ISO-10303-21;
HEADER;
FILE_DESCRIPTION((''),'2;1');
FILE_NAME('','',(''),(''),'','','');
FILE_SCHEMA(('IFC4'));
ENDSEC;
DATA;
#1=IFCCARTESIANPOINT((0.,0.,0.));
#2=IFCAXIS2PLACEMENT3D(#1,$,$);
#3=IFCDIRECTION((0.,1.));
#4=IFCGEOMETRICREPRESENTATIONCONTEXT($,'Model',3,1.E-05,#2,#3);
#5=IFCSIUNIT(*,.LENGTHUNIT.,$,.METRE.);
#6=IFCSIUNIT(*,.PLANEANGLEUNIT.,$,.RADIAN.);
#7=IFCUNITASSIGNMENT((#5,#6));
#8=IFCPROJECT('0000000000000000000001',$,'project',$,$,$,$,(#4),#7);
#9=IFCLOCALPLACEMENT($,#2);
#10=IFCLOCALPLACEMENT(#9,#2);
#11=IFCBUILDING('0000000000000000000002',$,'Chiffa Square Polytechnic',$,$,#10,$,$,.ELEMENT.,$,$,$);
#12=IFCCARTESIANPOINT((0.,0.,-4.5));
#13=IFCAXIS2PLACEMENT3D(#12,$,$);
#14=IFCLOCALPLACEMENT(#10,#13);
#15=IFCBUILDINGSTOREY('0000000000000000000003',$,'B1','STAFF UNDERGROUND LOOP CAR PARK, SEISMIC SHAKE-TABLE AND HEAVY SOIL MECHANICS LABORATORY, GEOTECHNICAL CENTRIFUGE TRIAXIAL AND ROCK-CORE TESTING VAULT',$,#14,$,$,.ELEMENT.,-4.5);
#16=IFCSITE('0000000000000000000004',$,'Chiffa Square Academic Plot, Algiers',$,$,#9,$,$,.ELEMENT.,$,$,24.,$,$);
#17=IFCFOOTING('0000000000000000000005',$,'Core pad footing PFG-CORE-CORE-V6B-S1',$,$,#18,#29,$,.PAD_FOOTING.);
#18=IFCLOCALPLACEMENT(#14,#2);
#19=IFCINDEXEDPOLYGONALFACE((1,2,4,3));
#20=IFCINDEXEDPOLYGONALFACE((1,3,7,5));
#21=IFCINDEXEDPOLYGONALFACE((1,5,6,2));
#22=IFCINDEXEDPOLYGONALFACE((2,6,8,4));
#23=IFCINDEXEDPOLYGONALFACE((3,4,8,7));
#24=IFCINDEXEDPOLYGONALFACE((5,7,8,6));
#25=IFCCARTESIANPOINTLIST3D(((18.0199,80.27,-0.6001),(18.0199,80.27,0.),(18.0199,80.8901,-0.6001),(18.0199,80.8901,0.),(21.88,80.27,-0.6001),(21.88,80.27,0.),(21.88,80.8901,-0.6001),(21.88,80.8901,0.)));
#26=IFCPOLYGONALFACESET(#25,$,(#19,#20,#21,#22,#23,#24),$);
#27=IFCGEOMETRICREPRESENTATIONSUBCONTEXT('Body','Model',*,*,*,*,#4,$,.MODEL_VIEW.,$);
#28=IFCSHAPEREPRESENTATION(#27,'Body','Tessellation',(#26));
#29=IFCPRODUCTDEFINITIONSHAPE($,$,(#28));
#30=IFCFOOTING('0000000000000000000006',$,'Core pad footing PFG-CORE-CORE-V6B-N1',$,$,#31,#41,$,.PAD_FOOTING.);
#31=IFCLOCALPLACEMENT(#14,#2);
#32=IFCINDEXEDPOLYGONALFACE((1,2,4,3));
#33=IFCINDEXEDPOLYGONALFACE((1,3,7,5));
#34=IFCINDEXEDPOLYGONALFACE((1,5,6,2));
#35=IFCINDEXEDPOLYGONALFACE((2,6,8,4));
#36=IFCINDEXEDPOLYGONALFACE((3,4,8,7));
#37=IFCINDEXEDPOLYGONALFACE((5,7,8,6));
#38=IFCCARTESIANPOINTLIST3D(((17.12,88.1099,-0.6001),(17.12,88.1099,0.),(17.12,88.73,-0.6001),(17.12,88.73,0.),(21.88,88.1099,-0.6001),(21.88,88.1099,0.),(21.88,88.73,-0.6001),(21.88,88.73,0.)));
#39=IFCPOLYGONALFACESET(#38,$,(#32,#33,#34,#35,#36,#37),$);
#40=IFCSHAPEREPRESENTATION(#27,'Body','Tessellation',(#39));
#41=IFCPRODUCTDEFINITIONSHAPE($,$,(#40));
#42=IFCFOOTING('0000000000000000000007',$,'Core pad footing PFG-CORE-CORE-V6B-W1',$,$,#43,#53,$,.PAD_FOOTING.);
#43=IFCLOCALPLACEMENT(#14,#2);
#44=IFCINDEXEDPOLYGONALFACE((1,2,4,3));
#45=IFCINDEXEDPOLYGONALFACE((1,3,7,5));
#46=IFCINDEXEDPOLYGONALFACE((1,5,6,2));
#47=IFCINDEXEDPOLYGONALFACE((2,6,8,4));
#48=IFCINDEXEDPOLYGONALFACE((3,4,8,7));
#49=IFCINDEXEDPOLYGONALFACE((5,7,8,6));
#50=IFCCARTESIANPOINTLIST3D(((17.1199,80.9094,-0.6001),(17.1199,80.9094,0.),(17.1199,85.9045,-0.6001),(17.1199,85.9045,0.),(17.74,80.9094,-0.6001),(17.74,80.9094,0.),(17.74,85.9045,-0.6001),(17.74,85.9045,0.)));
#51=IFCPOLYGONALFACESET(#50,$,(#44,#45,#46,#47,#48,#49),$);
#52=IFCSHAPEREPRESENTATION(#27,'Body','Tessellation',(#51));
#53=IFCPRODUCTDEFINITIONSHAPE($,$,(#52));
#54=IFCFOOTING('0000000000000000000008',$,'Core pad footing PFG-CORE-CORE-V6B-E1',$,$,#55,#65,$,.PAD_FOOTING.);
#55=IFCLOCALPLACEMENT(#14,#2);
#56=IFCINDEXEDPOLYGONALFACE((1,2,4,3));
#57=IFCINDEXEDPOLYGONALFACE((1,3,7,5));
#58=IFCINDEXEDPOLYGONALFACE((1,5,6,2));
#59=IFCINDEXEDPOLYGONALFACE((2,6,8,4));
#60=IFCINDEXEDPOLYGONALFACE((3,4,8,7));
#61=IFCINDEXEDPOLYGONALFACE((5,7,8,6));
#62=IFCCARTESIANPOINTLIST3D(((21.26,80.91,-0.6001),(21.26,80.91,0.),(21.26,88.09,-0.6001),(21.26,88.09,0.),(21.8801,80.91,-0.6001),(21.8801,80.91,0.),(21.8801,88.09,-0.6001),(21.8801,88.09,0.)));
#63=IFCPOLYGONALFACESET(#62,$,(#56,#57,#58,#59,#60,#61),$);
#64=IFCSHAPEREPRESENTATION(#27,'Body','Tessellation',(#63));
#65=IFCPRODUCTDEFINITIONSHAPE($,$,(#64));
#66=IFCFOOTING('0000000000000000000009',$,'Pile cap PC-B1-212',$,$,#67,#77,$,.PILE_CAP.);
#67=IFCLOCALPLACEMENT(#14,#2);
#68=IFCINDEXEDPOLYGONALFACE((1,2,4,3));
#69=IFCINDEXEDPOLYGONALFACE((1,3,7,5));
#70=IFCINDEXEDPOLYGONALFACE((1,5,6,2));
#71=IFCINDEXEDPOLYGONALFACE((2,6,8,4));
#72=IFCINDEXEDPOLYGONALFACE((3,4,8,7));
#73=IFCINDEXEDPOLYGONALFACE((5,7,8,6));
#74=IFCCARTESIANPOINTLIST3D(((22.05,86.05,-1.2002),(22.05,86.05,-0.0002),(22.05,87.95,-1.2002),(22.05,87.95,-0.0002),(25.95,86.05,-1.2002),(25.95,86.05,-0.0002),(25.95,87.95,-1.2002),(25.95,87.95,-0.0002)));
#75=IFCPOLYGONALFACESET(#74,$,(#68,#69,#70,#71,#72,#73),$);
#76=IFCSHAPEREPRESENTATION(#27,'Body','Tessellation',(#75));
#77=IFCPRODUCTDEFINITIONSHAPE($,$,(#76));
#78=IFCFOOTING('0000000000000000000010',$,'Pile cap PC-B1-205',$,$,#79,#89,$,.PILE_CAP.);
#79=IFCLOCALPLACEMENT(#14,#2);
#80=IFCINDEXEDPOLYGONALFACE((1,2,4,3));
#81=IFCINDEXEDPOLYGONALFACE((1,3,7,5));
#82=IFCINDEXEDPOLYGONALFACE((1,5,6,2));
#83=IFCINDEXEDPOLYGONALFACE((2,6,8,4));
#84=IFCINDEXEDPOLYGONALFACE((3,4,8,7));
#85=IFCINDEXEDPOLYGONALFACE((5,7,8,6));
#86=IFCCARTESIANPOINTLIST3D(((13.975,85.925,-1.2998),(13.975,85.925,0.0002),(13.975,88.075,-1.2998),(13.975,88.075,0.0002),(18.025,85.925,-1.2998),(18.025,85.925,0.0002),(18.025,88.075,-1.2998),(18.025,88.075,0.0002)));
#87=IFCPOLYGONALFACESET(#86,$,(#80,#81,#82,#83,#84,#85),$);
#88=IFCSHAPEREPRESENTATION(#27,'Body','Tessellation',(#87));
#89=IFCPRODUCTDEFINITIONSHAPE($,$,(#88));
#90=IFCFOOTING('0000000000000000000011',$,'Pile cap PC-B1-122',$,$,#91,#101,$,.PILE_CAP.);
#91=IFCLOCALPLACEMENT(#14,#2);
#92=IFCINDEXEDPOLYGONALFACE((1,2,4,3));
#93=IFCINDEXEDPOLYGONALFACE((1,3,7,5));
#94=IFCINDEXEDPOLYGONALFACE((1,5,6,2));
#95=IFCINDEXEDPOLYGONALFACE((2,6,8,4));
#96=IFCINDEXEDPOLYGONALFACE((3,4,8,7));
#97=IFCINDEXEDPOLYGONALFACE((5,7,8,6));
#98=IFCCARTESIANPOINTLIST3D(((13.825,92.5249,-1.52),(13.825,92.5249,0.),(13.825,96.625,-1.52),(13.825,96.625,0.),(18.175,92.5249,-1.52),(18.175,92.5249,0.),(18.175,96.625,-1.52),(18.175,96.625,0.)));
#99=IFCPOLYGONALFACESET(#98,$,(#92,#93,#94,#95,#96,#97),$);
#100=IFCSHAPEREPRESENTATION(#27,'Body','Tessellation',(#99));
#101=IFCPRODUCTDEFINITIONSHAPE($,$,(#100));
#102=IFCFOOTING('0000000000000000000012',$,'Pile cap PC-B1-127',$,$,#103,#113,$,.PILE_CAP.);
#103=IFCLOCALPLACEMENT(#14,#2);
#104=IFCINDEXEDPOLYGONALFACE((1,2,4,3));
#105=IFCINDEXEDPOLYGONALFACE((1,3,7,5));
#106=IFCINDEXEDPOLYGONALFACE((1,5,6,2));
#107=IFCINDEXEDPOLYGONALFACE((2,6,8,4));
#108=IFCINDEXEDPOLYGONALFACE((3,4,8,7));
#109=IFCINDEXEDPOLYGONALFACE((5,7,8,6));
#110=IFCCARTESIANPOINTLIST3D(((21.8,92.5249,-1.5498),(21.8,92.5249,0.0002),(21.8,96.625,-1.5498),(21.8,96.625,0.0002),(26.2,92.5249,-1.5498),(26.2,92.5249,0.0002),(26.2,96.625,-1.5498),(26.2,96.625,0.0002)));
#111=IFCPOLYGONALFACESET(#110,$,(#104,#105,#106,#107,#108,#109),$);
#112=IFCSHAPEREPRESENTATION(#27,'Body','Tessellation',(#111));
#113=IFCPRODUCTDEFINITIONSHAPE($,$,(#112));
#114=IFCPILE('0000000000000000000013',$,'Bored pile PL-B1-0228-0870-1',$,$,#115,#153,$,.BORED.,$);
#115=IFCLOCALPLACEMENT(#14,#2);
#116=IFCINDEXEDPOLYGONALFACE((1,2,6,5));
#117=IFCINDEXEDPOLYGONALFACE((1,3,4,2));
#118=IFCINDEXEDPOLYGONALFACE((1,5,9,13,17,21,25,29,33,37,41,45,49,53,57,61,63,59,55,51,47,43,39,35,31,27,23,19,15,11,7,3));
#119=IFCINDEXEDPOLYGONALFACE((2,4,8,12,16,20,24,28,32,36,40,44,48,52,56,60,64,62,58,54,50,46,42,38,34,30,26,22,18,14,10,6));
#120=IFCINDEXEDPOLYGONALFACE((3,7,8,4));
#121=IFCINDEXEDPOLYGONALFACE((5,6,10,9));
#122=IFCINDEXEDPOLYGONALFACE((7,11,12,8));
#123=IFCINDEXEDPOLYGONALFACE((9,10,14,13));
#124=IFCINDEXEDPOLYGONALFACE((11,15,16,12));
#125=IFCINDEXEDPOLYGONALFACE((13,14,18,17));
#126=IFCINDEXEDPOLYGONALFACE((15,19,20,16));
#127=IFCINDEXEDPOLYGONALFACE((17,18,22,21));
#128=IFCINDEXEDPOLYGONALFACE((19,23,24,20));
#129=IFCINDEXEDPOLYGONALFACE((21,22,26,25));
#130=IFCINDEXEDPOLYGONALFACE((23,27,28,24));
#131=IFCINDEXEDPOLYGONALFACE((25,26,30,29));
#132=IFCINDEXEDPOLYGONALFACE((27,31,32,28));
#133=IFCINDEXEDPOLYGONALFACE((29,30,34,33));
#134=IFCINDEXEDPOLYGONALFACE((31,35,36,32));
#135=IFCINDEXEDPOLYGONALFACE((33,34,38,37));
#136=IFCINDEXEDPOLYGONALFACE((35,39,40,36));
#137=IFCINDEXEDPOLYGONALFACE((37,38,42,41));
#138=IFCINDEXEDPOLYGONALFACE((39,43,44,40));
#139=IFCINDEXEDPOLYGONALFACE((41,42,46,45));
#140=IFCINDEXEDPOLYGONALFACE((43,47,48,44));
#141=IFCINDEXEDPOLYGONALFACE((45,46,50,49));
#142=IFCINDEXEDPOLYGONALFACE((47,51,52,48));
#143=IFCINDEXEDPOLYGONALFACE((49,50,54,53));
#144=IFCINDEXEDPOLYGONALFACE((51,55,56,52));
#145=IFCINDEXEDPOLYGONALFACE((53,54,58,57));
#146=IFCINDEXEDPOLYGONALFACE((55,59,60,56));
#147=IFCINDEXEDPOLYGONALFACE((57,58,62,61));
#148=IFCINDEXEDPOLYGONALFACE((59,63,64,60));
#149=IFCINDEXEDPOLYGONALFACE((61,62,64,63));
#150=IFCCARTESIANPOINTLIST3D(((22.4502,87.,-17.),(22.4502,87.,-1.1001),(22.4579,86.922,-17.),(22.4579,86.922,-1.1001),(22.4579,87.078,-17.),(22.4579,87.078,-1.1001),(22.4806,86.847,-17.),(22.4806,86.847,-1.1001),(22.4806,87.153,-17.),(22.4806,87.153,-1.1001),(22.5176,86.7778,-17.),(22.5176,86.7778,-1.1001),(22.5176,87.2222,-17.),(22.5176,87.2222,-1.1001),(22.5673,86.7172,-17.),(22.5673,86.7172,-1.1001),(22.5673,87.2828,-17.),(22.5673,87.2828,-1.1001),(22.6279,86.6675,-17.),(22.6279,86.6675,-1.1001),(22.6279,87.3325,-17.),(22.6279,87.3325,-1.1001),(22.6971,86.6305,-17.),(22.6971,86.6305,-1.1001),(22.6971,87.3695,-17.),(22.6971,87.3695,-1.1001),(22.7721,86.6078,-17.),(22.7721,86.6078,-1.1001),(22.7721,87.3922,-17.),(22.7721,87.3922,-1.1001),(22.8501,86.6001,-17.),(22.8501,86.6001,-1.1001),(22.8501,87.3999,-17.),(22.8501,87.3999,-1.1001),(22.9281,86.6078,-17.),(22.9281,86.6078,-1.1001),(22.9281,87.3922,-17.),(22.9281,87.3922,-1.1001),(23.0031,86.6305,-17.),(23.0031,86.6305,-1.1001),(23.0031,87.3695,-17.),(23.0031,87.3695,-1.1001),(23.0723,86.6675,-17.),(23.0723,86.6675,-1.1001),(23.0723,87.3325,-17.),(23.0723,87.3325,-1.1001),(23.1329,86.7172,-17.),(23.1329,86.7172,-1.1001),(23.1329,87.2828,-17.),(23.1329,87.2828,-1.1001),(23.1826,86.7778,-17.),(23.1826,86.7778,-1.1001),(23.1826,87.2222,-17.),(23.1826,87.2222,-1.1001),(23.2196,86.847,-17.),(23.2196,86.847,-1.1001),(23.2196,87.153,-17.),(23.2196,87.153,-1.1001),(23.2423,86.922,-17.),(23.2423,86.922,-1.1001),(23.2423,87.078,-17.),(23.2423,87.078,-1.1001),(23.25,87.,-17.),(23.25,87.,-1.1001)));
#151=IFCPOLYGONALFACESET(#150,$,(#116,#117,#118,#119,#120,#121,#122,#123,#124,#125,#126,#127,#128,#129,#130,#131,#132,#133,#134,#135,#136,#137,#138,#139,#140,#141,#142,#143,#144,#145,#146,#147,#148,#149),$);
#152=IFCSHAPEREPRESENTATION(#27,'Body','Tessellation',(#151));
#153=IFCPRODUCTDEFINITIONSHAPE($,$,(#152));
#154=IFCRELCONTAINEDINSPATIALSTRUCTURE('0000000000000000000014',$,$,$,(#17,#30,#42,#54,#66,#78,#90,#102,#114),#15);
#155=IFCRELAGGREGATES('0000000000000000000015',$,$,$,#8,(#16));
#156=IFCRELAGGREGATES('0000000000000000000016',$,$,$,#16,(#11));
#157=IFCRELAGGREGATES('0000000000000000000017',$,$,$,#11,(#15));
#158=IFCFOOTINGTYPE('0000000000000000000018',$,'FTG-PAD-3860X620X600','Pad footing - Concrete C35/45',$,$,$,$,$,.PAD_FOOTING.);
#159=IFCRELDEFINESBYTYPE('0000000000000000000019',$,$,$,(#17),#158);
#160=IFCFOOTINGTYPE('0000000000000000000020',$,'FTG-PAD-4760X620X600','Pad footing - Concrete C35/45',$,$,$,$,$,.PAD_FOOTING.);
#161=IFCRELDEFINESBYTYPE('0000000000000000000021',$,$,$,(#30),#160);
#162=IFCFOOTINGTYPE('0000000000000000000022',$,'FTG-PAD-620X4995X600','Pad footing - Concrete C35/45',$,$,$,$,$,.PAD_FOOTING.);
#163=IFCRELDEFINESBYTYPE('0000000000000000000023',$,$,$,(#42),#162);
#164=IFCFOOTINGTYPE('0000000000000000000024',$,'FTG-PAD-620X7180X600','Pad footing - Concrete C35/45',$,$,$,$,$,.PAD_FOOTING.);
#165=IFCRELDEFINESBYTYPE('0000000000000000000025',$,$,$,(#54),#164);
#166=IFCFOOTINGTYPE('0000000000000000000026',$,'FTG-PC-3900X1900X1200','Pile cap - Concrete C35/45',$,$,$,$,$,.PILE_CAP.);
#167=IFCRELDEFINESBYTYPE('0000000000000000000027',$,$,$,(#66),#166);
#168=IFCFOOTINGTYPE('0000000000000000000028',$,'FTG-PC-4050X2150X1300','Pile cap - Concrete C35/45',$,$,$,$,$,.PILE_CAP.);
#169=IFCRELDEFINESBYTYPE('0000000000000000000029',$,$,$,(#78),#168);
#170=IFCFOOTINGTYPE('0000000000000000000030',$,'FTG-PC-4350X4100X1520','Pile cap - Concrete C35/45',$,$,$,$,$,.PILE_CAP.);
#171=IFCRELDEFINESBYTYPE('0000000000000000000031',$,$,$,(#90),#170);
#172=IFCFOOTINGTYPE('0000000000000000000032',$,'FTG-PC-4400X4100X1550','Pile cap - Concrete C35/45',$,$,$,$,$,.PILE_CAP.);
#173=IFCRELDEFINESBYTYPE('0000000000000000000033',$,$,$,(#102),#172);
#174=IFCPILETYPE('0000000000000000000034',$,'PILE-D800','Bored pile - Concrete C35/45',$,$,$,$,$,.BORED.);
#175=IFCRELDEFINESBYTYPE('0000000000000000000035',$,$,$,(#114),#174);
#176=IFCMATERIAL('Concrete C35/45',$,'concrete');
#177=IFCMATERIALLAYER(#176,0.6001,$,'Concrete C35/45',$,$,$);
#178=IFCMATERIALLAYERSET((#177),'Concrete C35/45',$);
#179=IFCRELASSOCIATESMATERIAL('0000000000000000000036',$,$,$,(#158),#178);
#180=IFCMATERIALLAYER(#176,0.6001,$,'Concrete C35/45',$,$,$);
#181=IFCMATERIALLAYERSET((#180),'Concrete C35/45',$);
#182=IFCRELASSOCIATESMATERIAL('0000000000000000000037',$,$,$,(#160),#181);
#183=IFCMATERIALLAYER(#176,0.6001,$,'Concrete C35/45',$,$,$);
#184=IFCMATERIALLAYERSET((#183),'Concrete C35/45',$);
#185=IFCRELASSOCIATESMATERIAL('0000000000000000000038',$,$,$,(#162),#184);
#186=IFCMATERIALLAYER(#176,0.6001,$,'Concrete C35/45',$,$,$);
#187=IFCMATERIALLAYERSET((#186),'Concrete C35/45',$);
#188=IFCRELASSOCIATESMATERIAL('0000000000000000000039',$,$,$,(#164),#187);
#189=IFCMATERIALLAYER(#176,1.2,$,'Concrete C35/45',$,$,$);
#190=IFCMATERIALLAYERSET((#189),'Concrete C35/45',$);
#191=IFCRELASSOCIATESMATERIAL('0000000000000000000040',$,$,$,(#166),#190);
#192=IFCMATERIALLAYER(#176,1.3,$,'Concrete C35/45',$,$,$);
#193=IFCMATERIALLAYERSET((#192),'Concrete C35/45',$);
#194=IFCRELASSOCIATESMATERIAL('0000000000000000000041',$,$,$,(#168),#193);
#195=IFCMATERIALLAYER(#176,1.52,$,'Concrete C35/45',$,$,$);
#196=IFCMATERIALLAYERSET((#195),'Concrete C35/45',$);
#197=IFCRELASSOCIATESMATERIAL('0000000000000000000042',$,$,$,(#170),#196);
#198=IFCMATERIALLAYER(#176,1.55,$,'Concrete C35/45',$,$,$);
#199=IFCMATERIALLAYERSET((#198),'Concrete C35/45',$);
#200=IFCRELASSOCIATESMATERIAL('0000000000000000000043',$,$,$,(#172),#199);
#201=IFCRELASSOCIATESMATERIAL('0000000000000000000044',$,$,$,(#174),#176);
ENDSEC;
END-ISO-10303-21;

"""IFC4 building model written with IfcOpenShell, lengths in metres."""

from ifc_helpers import new_model, si_unit, direction, frame, origin, origin_2d, place, context, subcontext, project, spatial, rectangle, circle, extrude, material, layer, layer_set, material_profile, profile_set, type_object, element, save


model = new_model("IFC4")

# Units and contexts
model_context = context("Model", 3, precision=1e-05, world=origin(), true_north=direction((0.0, 1.0)))
body_context = subcontext(model_context, "Body", "Model", "MODEL_VIEW")
ifc_project = project(units=[si_unit("LENGTHUNIT", "METRE"), si_unit("PLANEANGLEUNIT", "RADIAN")], contexts=[model_context])

# Site, building, storey
site_placement = place(None, origin())
site = spatial("IfcSite", under=ifc_project, at=site_placement, Name="Chiffa Square Academic Plot, Algiers", CompositionType="ELEMENT", RefElevation=24.0)
building_placement = place(site_placement, origin())
building = spatial("IfcBuilding", under=site, at=building_placement, Name="Chiffa Square Polytechnic", CompositionType="ELEMENT")
storey_placement = place(building_placement, frame((0.0, 0.0, -4.5)))
storey = spatial("IfcBuildingStorey", under=building, at=storey_placement, Name="B1", Description="STAFF UNDERGROUND LOOP CAR PARK, SEISMIC SHAKE-TABLE AND HEAVY SOIL MECHANICS LABORATORY, GEOTECHNICAL CENTRIFUGE TRIAXIAL AND ROCK-CORE TESTING VAULT", CompositionType="ELEMENT", Elevation=-4.5)

# Footings
ifc_material_1 = material(Name="Concrete C35/45", Category="concrete")
ifc_layer_1 = layer(ifc_material_1, 0.6001, Name="Concrete C35/45")
ifc_layer_set_1 = layer_set([ifc_layer_1], Name="Concrete C35/45")
footing_type_1 = type_object("IfcFootingType", Name="FTG-PAD-3860X620X600", Description="Pad footing - Concrete C35/45", PredefinedType="PAD_FOOTING", material=ifc_layer_set_1)
footing_1_placement = place(storey_placement, frame((19.95, 80.5801, -0.6001), z_axis=(0.0, 0.0, 1.0), x_axis=(1.0, 0.0, 0.0)))
element("IfcFooting", 1, at=footing_1_placement, inside=storey, type_object=footing_type_1, Name="Core pad footing PFG-CORE-CORE-V6B-S1", PredefinedType="PAD_FOOTING", context=body_context, shape_type="SweptSolid", body=[
    extrude(rectangle(XDim=3.8601, YDim=0.6201, at=origin_2d()), origin(), (0.0, 0.0, 1.0), 0.6001),
])
ifc_layer_2 = layer(ifc_material_1, 0.6001, Name="Concrete C35/45")
ifc_layer_set_2 = layer_set([ifc_layer_2], Name="Concrete C35/45")
footing_type_2 = type_object("IfcFootingType", Name="FTG-PAD-4760X620X600", Description="Pad footing - Concrete C35/45", PredefinedType="PAD_FOOTING", material=ifc_layer_set_2)
footing_2_placement = place(storey_placement, frame((19.5, 88.4199, -0.6001), z_axis=(0.0, 0.0, 1.0), x_axis=(1.0, 0.0, 0.0)))
element("IfcFooting", 2, at=footing_2_placement, inside=storey, type_object=footing_type_2, Name="Core pad footing PFG-CORE-CORE-V6B-N1", PredefinedType="PAD_FOOTING", context=body_context, shape_type="SweptSolid", body=[
    extrude(rectangle(XDim=4.76, YDim=0.6201, at=origin_2d()), origin(), (0.0, 0.0, 1.0), 0.6001),
])
ifc_layer_3 = layer(ifc_material_1, 0.6001, Name="Concrete C35/45")
ifc_layer_set_3 = layer_set([ifc_layer_3], Name="Concrete C35/45")
footing_type_3 = type_object("IfcFootingType", Name="FTG-PAD-620X4995X600", Description="Pad footing - Concrete C35/45", PredefinedType="PAD_FOOTING", material=ifc_layer_set_3)
footing_3_placement = place(storey_placement, frame((17.4299, 83.407, -0.6001), z_axis=(0.0, 0.0, 1.0), x_axis=(1.0, 0.0, 0.0)))
element("IfcFooting", 3, at=footing_3_placement, inside=storey, type_object=footing_type_3, Name="Core pad footing PFG-CORE-CORE-V6B-W1", PredefinedType="PAD_FOOTING", context=body_context, shape_type="SweptSolid", body=[
    extrude(rectangle(XDim=0.6201, YDim=4.9951, at=origin_2d()), origin(), (0.0, 0.0, 1.0), 0.6001),
])
ifc_layer_4 = layer(ifc_material_1, 0.6001, Name="Concrete C35/45")
ifc_layer_set_4 = layer_set([ifc_layer_4], Name="Concrete C35/45")
footing_type_4 = type_object("IfcFootingType", Name="FTG-PAD-620X7180X600", Description="Pad footing - Concrete C35/45", PredefinedType="PAD_FOOTING", material=ifc_layer_set_4)
footing_4_placement = place(storey_placement, frame((21.5701, 84.5, -0.6001), z_axis=(0.0, 0.0, 1.0), x_axis=(1.0, 0.0, 0.0)))
element("IfcFooting", 4, at=footing_4_placement, inside=storey, type_object=footing_type_4, Name="Core pad footing PFG-CORE-CORE-V6B-E1", PredefinedType="PAD_FOOTING", context=body_context, shape_type="SweptSolid", body=[
    extrude(rectangle(XDim=0.6201, YDim=7.1799, at=origin_2d()), origin(), (0.0, 0.0, 1.0), 0.6001),
])
ifc_layer_5 = layer(ifc_material_1, 1.2, Name="Concrete C35/45")
ifc_layer_set_5 = layer_set([ifc_layer_5], Name="Concrete C35/45")
footing_type_5 = type_object("IfcFootingType", Name="FTG-PC-3900X1900X1200", Description="Pile cap - Concrete C35/45", PredefinedType="PILE_CAP", material=ifc_layer_set_5)
footing_5_placement = place(storey_placement, frame((24.0, 87.0, -1.2002), z_axis=(0.0, 0.0, 1.0), x_axis=(1.0, 0.0, 0.0)))
element("IfcFooting", 5, at=footing_5_placement, inside=storey, type_object=footing_type_5, Name="Pile cap PC-B1-212", PredefinedType="PILE_CAP", context=body_context, shape_type="SweptSolid", body=[
    extrude(rectangle(XDim=3.8999, YDim=1.8999, at=origin_2d()), origin(), (0.0, 0.0, 1.0), 1.2),
])
ifc_layer_6 = layer(ifc_material_1, 1.3, Name="Concrete C35/45")
ifc_layer_set_6 = layer_set([ifc_layer_6], Name="Concrete C35/45")
footing_type_6 = type_object("IfcFootingType", Name="FTG-PC-4050X2150X1300", Description="Pile cap - Concrete C35/45", PredefinedType="PILE_CAP", material=ifc_layer_set_6)
footing_6_placement = place(storey_placement, frame((16.0, 87.0, -1.2998), z_axis=(0.0, 0.0, 1.0), x_axis=(1.0, 0.0, 0.0)))
element("IfcFooting", 6, at=footing_6_placement, inside=storey, type_object=footing_type_6, Name="Pile cap PC-B1-205", PredefinedType="PILE_CAP", context=body_context, shape_type="SweptSolid", body=[
    extrude(rectangle(XDim=4.05, YDim=2.1499, at=origin_2d()), origin(), (0.0, 0.0, 1.0), 1.3),
])
ifc_layer_7 = layer(ifc_material_1, 1.52, Name="Concrete C35/45")
ifc_layer_set_7 = layer_set([ifc_layer_7], Name="Concrete C35/45")
footing_type_7 = type_object("IfcFootingType", Name="FTG-PC-4350X4100X1520", Description="Pile cap - Concrete C35/45", PredefinedType="PILE_CAP", material=ifc_layer_set_7)
footing_7_placement = place(storey_placement, frame((16.0, 94.575, -1.52), z_axis=(0.0, 0.0, 1.0), x_axis=(1.0, 0.0, 0.0)))
element("IfcFooting", 7, at=footing_7_placement, inside=storey, type_object=footing_type_7, Name="Pile cap PC-B1-122", PredefinedType="PILE_CAP", context=body_context, shape_type="SweptSolid", body=[
    extrude(rectangle(XDim=4.3501, YDim=4.1001, at=origin_2d()), origin(), (0.0, 0.0, 1.0), 1.52),
])
ifc_layer_8 = layer(ifc_material_1, 1.55, Name="Concrete C35/45")
ifc_layer_set_8 = layer_set([ifc_layer_8], Name="Concrete C35/45")
footing_type_8 = type_object("IfcFootingType", Name="FTG-PC-4400X4100X1550", Description="Pile cap - Concrete C35/45", PredefinedType="PILE_CAP", material=ifc_layer_set_8)
footing_8_placement = place(storey_placement, frame((24.0, 94.575, -1.5498), z_axis=(0.0, 0.0, 1.0), x_axis=(1.0, 0.0, 0.0)))
element("IfcFooting", 8, at=footing_8_placement, inside=storey, type_object=footing_type_8, Name="Pile cap PC-B1-127", PredefinedType="PILE_CAP", context=body_context, shape_type="SweptSolid", body=[
    extrude(rectangle(XDim=4.3999, YDim=4.1001, at=origin_2d()), origin(), (0.0, 0.0, 1.0), 1.55),
])

# Pile
ifc_material_profile_1 = material_profile(ifc_material_1, circle(Radius=0.3999, at=origin_2d()), Name="PILE D800")
ifc_profile_set_1 = profile_set([ifc_material_profile_1], Name="Concrete C35/45")
pile_type_1 = type_object("IfcPileType", Name="PILE-D800", Description="Bored pile - Concrete C35/45", PredefinedType="BORED", material=ifc_profile_set_1)
for number, where, z_axis, x_axis, name in (
    (9, (22.8501, 87.0, -1.1001), (0.0, 0.0, -1.0), (1.0, 0.0, 0.0), "Bored pile PL-B1-0228-0870-1"),
):
    element("IfcPile", number, at=place(storey_placement, frame(where, z_axis=z_axis, x_axis=x_axis)), inside=storey, type_object=pile_type_1, Name=name, PredefinedType="BORED", context=body_context, shape_type="SweptSolid", body=[
        extrude(circle(Radius=0.3999, at=origin_2d()), origin(), (0.0, 0.0, 1.0), 15.8999),
    ])

save(model, "model.ifc")
